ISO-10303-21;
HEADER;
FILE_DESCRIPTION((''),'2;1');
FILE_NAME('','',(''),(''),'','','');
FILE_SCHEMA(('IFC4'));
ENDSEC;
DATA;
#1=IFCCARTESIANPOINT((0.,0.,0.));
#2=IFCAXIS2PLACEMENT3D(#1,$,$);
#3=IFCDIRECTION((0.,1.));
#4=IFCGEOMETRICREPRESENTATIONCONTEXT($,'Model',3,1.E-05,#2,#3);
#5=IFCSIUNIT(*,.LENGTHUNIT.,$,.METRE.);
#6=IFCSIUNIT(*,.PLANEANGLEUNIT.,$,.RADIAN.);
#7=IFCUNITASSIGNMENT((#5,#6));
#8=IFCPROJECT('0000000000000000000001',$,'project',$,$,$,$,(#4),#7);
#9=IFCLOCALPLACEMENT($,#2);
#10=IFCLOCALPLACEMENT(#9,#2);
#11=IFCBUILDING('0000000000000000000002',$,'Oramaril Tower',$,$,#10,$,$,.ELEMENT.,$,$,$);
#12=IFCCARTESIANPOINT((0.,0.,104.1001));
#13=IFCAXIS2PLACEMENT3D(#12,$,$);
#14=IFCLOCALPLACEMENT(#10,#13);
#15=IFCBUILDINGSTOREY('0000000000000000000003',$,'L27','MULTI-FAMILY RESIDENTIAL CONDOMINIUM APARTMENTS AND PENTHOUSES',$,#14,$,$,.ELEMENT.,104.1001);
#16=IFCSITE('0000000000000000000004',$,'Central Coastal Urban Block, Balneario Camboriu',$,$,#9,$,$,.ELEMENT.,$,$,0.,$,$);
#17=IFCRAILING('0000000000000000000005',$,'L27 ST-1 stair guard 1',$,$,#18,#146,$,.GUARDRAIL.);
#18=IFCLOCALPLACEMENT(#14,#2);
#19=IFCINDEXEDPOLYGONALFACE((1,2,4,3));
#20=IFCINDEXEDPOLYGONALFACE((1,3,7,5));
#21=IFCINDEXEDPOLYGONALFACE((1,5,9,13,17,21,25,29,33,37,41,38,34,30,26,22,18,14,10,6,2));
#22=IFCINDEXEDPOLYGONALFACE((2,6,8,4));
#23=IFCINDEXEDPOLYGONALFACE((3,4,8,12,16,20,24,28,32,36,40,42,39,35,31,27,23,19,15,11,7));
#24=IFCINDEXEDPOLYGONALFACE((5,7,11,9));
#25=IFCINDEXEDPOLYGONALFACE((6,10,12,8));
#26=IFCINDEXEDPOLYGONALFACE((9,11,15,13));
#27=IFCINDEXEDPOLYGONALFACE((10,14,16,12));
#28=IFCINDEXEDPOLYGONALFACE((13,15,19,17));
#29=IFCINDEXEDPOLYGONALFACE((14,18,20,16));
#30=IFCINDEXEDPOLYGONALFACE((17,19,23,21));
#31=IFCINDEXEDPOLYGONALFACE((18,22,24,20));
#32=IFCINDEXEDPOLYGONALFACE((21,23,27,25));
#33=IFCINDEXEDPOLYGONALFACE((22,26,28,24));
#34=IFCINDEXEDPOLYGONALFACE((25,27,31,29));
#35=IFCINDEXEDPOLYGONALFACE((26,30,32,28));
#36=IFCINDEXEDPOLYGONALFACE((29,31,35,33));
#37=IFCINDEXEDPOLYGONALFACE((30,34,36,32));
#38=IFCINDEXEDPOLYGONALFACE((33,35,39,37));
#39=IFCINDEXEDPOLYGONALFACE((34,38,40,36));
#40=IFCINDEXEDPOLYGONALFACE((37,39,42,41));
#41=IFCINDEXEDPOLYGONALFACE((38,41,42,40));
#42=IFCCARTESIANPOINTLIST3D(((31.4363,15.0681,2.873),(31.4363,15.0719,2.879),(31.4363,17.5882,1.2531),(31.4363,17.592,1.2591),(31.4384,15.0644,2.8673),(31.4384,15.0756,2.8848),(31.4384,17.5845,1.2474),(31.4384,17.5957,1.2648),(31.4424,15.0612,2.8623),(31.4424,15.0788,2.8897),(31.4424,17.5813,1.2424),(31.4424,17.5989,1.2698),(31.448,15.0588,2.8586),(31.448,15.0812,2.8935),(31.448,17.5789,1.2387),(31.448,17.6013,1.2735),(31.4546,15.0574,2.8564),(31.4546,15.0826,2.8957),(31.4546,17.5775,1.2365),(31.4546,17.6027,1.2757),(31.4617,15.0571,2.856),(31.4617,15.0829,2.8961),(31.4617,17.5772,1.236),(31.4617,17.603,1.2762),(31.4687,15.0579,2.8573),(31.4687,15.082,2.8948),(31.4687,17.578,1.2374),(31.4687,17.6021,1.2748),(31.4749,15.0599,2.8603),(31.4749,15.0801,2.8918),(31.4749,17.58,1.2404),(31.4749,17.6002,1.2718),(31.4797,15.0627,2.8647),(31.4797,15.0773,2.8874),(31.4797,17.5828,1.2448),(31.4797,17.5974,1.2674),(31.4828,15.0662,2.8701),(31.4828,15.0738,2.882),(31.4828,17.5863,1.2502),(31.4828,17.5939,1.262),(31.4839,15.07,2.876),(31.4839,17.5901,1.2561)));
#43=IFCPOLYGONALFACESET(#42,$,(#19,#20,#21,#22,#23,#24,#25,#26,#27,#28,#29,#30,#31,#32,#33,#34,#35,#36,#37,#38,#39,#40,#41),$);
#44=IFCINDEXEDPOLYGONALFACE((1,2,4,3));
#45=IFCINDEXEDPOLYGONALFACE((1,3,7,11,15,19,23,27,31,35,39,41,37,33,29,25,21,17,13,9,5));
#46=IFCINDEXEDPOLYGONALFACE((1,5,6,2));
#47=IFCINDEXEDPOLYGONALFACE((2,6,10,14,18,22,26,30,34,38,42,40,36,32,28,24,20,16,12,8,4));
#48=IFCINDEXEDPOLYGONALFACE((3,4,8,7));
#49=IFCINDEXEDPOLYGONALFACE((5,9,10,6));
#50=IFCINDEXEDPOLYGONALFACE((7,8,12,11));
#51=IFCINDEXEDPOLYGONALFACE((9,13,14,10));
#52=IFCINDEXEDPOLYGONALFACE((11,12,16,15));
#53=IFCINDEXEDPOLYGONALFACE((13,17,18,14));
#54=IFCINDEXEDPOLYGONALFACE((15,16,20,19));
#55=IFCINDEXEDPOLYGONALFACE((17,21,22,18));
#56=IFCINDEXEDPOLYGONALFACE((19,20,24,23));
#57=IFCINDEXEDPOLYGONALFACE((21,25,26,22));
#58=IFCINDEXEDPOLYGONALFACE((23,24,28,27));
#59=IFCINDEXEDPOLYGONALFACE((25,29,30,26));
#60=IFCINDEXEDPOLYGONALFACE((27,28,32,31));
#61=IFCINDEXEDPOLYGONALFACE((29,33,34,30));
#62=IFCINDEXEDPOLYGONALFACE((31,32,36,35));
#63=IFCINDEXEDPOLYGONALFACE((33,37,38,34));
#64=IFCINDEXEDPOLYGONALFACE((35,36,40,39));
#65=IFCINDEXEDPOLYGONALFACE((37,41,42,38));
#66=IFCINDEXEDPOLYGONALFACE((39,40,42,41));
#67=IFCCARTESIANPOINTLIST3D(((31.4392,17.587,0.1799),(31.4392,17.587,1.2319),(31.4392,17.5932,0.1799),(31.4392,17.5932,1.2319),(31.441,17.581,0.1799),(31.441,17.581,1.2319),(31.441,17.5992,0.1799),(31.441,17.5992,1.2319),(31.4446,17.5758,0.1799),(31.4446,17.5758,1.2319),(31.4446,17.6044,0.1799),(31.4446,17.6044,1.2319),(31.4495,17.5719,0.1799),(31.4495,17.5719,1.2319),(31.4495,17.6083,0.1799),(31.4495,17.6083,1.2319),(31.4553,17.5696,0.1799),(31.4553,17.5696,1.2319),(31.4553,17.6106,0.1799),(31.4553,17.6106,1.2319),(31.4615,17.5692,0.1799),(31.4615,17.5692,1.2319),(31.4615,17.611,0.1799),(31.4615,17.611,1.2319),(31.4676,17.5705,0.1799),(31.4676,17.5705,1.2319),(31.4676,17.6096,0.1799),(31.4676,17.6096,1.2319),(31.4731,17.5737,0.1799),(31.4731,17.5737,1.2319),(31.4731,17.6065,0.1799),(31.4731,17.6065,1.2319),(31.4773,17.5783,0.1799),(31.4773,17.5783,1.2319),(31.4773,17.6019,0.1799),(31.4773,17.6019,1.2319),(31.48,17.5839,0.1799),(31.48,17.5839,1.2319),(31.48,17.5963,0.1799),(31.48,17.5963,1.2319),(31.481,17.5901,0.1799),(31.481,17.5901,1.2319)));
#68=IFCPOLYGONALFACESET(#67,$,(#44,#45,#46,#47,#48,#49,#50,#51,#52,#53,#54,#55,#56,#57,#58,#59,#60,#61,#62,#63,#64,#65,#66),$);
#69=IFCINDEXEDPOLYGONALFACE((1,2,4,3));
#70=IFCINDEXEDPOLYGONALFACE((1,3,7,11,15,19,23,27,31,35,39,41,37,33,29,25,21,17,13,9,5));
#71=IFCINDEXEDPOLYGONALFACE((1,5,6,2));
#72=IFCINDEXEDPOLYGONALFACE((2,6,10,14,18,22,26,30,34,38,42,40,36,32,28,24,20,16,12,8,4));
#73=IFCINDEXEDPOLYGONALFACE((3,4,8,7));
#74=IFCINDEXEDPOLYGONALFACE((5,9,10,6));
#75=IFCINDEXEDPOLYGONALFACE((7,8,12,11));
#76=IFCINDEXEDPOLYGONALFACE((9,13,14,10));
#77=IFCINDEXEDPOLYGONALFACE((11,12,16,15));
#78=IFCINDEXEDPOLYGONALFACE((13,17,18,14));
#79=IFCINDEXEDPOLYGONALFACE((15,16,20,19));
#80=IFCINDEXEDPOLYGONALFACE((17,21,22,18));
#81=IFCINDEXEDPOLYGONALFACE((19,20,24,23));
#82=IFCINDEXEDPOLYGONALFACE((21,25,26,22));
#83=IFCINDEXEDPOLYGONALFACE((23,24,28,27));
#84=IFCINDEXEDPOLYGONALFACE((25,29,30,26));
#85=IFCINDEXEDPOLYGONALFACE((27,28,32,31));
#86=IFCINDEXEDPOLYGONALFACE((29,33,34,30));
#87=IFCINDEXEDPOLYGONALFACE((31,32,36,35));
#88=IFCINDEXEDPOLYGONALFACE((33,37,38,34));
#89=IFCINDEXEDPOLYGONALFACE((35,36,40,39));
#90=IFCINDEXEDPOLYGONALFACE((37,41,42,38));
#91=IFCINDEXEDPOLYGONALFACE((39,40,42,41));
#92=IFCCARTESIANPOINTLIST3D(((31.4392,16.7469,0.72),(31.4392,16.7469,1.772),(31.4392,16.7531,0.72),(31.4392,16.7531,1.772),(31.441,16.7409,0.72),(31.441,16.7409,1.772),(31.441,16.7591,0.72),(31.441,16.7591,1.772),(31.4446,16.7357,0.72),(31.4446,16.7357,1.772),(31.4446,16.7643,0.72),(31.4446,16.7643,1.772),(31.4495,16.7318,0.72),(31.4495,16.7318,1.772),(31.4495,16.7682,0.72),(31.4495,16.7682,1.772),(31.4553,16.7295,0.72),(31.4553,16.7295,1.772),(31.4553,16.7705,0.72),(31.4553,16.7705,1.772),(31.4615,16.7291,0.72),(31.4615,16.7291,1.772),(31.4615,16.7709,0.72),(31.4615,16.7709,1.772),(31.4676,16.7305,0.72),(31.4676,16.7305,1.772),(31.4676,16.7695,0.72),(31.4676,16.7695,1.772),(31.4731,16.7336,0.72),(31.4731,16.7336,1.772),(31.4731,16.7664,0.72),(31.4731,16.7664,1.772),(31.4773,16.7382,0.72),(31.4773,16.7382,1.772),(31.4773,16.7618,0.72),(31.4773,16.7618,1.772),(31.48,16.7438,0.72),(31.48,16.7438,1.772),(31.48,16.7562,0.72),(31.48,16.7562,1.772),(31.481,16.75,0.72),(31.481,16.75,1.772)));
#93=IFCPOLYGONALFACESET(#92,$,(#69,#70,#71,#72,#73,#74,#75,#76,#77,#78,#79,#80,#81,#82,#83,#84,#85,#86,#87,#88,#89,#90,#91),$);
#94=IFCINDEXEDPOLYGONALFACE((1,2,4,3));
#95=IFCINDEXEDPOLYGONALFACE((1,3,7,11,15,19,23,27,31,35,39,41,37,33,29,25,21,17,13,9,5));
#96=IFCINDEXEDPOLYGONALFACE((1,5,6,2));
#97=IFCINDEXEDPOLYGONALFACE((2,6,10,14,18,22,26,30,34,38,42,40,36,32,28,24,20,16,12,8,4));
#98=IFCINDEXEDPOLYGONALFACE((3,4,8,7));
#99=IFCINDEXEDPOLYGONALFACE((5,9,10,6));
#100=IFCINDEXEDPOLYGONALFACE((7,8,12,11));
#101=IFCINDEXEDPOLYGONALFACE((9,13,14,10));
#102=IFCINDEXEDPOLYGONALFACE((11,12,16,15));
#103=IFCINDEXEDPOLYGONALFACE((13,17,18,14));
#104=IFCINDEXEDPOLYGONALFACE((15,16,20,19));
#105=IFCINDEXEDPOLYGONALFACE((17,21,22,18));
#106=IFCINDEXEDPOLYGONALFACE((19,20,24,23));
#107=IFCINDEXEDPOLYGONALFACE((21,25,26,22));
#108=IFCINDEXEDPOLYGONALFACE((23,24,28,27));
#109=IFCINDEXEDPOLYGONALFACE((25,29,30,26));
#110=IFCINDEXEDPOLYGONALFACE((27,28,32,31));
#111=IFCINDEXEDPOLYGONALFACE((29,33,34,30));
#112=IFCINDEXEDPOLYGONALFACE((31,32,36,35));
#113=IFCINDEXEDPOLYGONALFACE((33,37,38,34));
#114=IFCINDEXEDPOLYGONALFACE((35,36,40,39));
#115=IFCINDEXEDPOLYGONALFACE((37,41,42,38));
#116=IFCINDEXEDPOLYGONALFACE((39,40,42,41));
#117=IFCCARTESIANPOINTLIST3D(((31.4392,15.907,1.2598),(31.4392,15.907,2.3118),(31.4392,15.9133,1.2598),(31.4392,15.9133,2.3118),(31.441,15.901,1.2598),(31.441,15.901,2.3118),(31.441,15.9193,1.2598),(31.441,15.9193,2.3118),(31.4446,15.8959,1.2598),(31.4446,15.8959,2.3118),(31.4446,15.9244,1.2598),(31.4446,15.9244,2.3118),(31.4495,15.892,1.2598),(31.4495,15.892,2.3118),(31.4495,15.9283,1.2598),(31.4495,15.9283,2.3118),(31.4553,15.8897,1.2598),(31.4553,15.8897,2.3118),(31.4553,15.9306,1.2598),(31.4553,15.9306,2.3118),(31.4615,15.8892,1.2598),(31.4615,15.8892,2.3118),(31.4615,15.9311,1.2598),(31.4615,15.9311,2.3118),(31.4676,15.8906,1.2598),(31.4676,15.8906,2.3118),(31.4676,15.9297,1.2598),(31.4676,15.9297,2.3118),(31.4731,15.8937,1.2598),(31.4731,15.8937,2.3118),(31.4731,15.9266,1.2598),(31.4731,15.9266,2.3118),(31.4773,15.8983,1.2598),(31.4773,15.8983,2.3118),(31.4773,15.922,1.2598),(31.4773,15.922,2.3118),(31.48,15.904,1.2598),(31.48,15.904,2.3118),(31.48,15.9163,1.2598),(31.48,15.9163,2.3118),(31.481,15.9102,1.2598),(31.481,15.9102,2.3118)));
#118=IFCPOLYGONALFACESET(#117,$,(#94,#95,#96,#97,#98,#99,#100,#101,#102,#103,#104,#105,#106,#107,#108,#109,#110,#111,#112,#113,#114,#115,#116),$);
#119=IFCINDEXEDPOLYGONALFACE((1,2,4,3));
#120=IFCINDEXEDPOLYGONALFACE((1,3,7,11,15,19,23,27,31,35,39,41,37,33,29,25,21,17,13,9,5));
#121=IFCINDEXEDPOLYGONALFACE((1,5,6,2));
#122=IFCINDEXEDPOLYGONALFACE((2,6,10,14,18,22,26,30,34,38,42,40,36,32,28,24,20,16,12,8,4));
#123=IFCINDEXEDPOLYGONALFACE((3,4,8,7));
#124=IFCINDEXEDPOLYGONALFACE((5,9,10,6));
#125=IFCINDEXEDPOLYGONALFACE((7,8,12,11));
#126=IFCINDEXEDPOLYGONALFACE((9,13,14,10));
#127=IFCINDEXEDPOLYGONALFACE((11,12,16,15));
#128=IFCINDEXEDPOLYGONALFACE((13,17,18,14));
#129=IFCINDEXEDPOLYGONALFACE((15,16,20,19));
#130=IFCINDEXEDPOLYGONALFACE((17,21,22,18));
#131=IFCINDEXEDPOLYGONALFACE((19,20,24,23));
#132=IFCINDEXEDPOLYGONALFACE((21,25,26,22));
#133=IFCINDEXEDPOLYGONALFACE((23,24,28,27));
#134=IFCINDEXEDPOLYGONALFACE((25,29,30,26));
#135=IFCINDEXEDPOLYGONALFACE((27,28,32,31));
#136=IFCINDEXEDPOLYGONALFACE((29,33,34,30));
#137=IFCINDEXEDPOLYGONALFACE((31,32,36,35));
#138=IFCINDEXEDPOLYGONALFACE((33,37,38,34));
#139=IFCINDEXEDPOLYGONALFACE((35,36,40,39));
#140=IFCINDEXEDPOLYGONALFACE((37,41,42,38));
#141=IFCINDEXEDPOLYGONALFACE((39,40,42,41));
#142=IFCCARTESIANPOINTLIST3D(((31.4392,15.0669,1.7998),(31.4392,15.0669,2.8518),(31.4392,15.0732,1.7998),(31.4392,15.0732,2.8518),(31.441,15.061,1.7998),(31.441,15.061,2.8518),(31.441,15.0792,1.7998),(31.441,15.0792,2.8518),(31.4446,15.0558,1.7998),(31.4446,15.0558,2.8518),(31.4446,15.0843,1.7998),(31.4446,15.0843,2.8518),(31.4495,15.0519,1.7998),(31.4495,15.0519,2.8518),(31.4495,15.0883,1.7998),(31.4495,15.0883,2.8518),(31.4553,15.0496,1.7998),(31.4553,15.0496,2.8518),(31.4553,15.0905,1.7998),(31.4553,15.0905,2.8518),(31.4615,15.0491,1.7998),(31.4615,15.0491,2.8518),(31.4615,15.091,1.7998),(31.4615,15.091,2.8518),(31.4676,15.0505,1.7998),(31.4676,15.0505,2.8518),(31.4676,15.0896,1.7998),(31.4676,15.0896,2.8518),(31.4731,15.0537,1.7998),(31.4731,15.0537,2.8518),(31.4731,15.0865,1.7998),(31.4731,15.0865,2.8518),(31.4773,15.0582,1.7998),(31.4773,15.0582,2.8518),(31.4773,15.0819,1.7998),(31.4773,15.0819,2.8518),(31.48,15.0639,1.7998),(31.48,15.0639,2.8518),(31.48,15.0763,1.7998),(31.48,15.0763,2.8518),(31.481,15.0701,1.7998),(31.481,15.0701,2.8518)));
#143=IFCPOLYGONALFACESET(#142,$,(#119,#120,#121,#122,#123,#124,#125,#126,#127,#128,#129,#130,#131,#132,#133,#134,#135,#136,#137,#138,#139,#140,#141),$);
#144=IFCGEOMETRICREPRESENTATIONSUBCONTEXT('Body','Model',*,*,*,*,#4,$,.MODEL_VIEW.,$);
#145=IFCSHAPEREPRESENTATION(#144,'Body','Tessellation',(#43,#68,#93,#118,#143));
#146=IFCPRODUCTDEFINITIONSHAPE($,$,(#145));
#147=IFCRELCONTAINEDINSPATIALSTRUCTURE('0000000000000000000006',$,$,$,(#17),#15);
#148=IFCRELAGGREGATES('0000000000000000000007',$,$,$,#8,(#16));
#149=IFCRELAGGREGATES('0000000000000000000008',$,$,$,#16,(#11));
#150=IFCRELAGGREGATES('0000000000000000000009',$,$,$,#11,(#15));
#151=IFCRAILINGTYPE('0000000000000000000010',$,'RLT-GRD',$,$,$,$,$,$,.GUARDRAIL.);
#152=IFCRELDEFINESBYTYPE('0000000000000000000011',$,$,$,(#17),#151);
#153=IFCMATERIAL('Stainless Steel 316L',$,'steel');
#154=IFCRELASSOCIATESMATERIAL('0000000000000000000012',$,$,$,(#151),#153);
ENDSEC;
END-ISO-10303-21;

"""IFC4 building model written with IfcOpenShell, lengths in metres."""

from ifc_helpers import new_model, si_unit, direction, frame, origin, origin_2d, place, context, subcontext, project, spatial, circle, extrude, material, type_object, element, save


model = new_model("IFC4")

# Units and contexts
model_context = context("Model", 3, precision=1e-05, world=origin(), true_north=direction((0.0, 1.0)))
body_context = subcontext(model_context, "Body", "Model", "MODEL_VIEW")
ifc_project = project(units=[si_unit("LENGTHUNIT", "METRE"), si_unit("PLANEANGLEUNIT", "RADIAN")], contexts=[model_context])

# Site, building, storey
site_placement = place(None, origin())
site = spatial("IfcSite", under=ifc_project, at=site_placement, Name="Central Coastal Urban Block, Balneario Camboriu", CompositionType="ELEMENT", RefElevation=0.0)
building_placement = place(site_placement, origin())
building = spatial("IfcBuilding", under=site, at=building_placement, Name="Oramaril Tower", CompositionType="ELEMENT")
storey_placement = place(building_placement, frame((0.0, 0.0, 104.1001)))
storey = spatial("IfcBuildingStorey", under=building, at=storey_placement, Name="L27", Description="MULTI-FAMILY RESIDENTIAL CONDOMINIUM APARTMENTS AND PENTHOUSES", CompositionType="ELEMENT", Elevation=104.1001)

# Railing
ifc_material_1 = material(Name="Stainless Steel 316L", Category="steel")
railing_type_1 = type_object("IfcRailingType", Name="RLT-GRD", PredefinedType="GUARDRAIL", material=ifc_material_1)
railing_1_placement = place(storey_placement, frame((31.46, 17.5901, 0.1799)))
element("IfcRailing", 1, at=railing_1_placement, inside=storey, type_object=railing_type_1, Name="L27 ST-1 stair guard 1", PredefinedType="GUARDRAIL", context=body_context, shape_type="SweptSolid", body=[
    extrude(circle(Radius=0.0239, at=origin_2d()), frame((0.0, 0.0, 1.0762), z_axis=(0.0, -0.8412, 0.540725), x_axis=(1.0, 0.0, 0.0)), (0.0, 0.0, 1.0), 2.9958),
    extrude(circle(Radius=0.021, at=origin_2d()), origin(), (0.0, 0.0, 1.0), 1.052),
    extrude(circle(Radius=0.021, at=origin_2d()), frame((0.0, -0.8401, 0.54)), (0.0, 0.0, 1.0), 1.052),
    extrude(circle(Radius=0.021, at=origin_2d()), frame((0.0, -1.6799, 1.0798)), (0.0, 0.0, 1.0), 1.052),
    extrude(circle(Radius=0.021, at=origin_2d()), frame((0.0, -2.52, 1.6199)), (0.0, 0.0, 1.0), 1.052),
])

save(model, "model.ifc")
